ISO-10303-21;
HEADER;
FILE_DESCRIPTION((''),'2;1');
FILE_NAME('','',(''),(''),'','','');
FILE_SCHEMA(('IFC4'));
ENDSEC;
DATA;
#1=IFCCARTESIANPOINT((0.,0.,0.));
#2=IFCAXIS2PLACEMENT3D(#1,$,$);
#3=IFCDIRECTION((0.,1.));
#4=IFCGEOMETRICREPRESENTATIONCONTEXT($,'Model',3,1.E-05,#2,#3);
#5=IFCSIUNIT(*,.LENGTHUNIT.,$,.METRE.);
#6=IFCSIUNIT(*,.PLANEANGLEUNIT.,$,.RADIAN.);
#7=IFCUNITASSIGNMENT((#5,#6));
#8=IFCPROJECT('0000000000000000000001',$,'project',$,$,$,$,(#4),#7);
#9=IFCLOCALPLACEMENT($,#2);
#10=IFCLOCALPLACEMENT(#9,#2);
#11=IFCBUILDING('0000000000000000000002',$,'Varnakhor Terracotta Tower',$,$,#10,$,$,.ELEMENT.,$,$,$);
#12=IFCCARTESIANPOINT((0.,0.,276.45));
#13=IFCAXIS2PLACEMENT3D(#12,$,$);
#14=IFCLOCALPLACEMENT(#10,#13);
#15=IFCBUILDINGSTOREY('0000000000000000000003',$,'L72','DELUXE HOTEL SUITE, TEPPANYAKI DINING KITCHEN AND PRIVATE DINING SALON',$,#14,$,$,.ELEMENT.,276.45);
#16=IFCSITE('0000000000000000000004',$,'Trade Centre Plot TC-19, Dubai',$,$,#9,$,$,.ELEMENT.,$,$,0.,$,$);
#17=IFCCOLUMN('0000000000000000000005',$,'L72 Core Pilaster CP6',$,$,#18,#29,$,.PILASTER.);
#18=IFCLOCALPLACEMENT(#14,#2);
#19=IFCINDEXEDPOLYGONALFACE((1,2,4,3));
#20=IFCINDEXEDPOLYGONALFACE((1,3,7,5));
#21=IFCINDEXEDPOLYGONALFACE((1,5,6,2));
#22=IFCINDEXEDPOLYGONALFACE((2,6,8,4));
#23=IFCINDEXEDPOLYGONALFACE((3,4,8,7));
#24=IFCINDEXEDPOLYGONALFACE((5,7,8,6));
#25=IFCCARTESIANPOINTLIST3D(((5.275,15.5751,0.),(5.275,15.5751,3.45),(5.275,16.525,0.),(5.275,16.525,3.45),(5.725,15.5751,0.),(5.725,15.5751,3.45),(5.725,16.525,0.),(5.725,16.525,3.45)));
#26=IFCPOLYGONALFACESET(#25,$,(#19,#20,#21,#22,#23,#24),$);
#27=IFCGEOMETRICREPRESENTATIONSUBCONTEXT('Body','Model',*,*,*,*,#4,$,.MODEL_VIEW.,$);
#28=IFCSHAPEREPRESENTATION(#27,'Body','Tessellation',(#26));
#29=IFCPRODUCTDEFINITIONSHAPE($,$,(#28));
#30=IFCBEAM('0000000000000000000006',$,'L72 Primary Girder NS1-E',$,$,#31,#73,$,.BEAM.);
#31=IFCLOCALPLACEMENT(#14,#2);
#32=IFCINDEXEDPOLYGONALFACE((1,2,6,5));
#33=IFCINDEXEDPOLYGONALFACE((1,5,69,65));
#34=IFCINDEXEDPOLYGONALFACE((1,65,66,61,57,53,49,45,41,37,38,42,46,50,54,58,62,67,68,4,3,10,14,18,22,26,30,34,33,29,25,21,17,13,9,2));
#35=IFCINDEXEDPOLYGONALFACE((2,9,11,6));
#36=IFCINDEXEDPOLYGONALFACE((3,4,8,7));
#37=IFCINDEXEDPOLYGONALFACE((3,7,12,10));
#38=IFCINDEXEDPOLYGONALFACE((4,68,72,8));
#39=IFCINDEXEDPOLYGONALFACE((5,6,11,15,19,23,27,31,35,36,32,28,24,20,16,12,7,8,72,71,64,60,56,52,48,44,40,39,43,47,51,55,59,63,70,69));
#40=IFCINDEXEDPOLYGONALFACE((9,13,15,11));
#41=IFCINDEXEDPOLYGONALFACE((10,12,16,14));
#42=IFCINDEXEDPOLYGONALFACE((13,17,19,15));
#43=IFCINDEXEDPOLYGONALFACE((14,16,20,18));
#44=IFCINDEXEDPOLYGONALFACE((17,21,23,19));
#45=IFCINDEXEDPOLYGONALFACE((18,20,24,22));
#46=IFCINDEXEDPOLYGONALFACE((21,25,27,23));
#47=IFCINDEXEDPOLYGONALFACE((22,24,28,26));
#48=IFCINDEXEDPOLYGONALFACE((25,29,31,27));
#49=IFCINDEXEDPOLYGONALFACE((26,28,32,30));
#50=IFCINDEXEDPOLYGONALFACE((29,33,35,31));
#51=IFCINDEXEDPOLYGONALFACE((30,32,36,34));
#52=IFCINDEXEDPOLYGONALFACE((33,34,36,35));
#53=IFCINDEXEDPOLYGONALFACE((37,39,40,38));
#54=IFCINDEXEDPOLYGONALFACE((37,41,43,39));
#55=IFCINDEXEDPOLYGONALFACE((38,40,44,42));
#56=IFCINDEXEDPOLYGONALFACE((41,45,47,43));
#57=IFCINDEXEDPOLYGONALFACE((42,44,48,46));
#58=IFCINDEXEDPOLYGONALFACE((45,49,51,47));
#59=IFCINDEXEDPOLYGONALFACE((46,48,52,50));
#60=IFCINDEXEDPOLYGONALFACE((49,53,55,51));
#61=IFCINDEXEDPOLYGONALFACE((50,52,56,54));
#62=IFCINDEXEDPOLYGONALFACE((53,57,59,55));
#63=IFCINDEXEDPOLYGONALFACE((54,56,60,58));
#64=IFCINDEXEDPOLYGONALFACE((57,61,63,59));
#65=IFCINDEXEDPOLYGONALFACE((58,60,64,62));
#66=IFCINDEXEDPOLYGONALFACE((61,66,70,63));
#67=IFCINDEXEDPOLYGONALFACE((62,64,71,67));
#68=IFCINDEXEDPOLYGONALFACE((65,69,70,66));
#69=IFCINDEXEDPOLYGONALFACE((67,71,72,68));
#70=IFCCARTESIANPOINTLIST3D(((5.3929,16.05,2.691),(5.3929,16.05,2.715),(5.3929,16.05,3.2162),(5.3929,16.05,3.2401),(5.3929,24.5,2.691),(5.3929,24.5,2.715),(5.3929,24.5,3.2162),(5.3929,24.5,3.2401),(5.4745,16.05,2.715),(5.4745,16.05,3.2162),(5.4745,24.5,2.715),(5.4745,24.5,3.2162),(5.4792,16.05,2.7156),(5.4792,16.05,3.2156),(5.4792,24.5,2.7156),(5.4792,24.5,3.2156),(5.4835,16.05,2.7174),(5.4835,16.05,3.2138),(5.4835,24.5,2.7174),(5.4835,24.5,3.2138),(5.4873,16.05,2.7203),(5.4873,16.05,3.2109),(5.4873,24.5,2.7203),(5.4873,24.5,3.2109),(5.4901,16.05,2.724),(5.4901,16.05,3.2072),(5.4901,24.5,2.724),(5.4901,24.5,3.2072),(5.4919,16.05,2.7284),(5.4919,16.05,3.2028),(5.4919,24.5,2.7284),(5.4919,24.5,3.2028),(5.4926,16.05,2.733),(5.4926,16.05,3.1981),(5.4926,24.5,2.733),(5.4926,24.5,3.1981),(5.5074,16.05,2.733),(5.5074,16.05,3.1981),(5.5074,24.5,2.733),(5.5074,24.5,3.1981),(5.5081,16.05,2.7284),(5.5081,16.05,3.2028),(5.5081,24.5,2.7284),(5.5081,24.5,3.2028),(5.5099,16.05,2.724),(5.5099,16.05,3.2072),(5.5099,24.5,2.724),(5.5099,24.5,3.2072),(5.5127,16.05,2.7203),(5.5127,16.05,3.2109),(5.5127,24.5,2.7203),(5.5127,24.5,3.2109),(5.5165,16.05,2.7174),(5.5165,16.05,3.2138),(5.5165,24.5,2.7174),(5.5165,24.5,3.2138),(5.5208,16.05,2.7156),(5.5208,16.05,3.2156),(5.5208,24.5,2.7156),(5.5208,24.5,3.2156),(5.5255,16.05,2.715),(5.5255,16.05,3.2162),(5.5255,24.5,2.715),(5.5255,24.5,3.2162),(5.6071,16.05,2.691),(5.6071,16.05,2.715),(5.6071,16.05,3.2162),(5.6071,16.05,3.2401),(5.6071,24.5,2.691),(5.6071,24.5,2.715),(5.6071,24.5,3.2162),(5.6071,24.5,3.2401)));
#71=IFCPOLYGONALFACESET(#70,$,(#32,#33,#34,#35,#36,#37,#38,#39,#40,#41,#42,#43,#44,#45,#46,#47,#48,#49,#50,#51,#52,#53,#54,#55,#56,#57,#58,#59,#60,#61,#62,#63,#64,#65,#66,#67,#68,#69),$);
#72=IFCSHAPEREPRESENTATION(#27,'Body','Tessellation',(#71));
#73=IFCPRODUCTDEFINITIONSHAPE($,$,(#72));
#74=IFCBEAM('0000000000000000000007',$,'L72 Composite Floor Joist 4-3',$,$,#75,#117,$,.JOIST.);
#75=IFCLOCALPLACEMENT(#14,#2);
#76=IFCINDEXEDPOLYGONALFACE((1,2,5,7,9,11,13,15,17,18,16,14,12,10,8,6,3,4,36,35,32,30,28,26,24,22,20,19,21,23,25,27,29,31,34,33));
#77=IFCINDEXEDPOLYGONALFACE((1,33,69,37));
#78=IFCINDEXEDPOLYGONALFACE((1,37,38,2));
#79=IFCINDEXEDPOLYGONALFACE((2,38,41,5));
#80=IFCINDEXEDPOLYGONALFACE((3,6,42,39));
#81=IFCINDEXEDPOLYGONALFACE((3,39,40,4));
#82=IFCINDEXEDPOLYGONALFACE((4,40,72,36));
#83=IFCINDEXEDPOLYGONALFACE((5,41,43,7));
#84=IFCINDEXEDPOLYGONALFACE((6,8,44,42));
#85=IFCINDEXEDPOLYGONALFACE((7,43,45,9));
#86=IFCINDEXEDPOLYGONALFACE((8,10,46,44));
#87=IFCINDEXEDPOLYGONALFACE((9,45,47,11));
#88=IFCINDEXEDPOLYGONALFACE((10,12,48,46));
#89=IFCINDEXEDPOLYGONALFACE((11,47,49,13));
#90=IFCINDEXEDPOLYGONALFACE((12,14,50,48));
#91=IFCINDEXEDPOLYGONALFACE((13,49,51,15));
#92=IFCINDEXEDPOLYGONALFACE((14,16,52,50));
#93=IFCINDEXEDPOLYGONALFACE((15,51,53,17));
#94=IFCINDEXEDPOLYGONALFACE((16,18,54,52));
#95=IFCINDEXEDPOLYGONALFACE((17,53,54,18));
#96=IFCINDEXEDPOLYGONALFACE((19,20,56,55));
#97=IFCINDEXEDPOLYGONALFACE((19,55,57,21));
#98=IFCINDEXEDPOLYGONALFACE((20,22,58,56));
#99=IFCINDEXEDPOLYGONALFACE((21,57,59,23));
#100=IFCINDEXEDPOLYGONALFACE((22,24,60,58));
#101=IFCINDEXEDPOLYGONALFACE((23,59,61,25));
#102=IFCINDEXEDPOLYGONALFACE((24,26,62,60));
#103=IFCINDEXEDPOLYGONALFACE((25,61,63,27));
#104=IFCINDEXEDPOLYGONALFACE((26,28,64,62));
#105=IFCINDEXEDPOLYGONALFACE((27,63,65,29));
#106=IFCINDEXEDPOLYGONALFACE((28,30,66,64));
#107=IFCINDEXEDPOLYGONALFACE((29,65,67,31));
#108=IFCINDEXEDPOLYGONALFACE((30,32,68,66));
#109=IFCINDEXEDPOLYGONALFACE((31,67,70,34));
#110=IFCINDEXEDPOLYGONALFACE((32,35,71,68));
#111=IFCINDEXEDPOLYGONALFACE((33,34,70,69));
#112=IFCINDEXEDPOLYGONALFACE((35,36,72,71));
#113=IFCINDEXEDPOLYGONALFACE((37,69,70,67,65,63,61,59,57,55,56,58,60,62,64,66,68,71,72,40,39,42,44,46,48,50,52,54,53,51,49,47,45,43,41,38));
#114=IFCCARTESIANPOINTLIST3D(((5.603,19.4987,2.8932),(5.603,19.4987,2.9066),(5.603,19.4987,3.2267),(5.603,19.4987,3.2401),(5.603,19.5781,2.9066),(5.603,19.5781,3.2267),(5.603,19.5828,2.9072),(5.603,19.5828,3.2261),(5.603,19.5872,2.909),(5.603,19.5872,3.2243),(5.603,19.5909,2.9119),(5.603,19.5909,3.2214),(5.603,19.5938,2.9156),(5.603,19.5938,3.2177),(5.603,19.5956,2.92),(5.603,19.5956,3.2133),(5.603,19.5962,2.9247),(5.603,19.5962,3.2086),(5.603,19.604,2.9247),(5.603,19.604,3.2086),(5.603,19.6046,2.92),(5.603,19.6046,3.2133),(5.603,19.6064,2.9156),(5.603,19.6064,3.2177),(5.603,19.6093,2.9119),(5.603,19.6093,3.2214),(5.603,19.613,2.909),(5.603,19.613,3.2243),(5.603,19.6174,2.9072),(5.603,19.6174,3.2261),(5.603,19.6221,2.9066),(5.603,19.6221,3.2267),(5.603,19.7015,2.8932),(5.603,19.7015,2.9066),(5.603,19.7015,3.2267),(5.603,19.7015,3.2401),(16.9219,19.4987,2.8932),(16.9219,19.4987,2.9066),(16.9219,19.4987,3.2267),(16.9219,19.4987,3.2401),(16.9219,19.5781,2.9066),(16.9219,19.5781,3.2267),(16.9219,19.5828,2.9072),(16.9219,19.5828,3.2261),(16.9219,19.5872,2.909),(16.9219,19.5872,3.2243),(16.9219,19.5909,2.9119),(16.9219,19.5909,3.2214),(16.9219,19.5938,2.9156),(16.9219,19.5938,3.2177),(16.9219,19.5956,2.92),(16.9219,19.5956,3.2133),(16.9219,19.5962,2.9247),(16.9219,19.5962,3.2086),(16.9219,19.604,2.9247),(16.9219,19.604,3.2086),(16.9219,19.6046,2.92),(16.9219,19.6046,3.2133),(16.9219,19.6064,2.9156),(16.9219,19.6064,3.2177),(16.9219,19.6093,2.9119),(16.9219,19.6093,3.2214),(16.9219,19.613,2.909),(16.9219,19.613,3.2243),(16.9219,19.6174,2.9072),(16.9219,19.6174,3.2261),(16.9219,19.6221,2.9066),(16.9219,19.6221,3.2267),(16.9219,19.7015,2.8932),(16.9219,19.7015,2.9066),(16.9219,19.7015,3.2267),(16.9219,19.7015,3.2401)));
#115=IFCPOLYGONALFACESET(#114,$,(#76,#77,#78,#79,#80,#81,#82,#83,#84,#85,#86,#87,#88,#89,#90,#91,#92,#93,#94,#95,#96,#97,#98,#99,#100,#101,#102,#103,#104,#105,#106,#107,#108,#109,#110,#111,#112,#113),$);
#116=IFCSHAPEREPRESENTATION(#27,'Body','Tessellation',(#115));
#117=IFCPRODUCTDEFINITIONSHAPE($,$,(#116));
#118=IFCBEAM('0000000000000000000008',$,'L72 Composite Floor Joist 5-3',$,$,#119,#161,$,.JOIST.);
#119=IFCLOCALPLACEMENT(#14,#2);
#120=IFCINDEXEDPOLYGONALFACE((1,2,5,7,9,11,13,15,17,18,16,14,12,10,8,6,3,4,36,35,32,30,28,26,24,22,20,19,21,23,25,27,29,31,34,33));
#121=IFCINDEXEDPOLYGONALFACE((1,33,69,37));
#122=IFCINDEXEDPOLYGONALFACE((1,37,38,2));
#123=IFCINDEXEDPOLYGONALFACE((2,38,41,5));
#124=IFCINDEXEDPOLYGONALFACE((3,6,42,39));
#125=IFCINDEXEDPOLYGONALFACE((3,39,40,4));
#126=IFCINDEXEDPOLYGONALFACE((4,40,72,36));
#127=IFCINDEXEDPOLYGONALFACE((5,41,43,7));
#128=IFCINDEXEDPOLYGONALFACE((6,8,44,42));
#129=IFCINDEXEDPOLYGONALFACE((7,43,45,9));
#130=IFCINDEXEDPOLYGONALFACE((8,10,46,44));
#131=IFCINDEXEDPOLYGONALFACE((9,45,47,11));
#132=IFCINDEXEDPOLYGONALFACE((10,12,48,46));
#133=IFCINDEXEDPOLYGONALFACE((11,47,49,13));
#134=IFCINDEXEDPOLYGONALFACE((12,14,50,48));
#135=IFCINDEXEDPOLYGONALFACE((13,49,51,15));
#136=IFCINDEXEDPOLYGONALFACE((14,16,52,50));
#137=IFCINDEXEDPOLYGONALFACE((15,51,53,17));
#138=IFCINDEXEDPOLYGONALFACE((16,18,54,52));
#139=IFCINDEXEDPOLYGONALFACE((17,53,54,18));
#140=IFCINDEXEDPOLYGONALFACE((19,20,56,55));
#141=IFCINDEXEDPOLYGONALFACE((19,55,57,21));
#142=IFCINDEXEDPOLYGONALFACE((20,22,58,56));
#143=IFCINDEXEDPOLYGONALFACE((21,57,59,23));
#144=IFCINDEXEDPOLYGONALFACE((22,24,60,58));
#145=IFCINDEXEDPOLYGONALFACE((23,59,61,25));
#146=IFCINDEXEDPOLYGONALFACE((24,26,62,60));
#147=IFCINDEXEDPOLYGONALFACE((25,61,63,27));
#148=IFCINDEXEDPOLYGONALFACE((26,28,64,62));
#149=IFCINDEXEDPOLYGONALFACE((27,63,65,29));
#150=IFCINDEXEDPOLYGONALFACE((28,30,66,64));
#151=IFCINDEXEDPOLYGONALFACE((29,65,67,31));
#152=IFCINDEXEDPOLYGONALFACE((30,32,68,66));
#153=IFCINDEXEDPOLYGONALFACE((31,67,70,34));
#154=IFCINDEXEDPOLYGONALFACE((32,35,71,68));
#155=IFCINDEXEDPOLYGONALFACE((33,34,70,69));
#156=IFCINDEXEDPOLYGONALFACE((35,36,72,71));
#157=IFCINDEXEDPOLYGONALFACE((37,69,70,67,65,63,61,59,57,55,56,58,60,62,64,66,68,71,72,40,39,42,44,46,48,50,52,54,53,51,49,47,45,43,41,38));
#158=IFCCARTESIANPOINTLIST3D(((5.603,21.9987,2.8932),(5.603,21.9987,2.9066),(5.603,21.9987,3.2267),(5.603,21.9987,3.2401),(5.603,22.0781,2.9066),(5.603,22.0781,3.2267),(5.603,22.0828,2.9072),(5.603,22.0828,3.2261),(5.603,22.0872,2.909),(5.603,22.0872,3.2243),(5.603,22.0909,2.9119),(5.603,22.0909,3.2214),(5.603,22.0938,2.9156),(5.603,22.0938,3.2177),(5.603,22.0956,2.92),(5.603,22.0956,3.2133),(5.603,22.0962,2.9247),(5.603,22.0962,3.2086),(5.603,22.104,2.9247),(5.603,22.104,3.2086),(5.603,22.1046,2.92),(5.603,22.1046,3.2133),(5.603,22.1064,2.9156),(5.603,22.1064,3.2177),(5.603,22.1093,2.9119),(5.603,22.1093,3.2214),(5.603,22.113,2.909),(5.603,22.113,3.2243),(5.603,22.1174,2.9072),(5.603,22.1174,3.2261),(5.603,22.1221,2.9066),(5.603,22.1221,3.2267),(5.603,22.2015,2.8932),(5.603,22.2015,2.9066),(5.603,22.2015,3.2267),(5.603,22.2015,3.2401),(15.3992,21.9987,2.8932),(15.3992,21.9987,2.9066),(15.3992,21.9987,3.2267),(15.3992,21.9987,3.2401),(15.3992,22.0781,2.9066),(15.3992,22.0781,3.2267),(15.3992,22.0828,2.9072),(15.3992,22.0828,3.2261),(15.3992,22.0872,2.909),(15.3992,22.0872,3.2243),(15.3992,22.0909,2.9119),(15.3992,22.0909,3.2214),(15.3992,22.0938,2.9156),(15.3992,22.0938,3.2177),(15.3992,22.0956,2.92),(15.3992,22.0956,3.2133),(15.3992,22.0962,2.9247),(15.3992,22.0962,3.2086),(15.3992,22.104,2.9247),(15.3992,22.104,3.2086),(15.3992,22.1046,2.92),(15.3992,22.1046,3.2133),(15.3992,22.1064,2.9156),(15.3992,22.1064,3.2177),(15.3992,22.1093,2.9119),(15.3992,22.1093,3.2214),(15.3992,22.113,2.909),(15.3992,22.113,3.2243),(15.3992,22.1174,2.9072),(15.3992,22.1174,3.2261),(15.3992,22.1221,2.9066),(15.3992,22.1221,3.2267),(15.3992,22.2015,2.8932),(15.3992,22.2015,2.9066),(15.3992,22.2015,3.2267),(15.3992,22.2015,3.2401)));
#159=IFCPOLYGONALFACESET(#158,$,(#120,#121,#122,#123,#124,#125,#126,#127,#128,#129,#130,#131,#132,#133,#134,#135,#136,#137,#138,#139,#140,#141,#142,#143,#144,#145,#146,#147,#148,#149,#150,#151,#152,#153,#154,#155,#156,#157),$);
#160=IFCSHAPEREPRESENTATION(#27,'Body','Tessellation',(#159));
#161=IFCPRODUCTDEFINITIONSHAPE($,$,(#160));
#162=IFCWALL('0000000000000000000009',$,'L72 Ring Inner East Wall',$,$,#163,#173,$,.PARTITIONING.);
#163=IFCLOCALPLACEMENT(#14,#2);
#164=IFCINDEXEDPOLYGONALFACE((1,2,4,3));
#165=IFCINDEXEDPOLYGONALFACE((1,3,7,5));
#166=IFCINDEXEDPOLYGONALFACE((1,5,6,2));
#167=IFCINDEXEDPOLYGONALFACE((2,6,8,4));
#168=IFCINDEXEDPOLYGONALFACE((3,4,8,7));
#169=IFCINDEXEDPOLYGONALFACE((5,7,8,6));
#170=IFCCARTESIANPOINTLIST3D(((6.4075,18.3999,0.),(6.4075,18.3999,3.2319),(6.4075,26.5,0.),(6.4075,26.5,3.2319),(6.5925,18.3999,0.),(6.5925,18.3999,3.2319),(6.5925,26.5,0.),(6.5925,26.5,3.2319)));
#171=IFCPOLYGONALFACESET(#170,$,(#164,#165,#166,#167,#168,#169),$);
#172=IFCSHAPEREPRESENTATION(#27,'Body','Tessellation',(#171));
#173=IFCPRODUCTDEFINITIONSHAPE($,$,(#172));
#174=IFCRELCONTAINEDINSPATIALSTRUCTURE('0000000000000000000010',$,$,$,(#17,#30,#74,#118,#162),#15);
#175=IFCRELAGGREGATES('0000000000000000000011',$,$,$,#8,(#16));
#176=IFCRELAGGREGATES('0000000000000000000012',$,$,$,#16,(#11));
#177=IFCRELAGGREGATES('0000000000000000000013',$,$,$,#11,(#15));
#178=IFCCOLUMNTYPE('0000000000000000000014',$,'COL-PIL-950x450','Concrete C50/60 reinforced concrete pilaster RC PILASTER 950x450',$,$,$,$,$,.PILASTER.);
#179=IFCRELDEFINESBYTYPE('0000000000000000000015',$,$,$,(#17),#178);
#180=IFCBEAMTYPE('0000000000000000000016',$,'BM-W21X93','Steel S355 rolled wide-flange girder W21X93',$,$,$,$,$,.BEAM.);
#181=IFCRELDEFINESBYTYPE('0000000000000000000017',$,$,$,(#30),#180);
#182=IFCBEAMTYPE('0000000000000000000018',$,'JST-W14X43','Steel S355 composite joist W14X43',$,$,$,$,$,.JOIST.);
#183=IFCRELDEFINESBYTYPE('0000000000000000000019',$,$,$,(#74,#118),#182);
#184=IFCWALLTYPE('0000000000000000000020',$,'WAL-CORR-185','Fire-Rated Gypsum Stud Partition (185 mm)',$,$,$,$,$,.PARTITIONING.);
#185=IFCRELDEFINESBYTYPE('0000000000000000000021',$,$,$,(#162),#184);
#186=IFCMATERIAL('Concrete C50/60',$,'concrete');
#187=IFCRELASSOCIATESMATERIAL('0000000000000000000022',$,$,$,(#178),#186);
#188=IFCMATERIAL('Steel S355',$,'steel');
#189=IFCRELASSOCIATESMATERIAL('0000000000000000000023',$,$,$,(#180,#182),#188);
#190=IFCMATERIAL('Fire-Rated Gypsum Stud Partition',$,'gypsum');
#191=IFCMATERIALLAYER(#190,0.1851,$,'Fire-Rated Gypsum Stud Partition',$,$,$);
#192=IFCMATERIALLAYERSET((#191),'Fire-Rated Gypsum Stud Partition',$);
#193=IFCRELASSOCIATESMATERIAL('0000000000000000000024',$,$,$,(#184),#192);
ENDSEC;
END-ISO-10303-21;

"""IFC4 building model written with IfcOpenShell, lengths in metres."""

from ifc_helpers import new_model, si_unit, direction, frame, frame_2d, origin, origin_2d, place, context, subcontext, project, spatial, rectangle, i_section, extrude, source, transform, mapped, material, layer, layer_set, material_profile, profile_set, type_object, type_shapes, element, save


model = new_model("IFC4")

# Units and contexts
model_context = context("Model", 3, precision=1e-05, world=origin(), true_north=direction((0.0, 1.0)))
body_context = subcontext(model_context, "Body", "Model", "MODEL_VIEW")
ifc_project = project(units=[si_unit("LENGTHUNIT", "METRE"), si_unit("PLANEANGLEUNIT", "RADIAN")], contexts=[model_context])

# Site, building, storey
site_placement = place(None, origin())
site = spatial("IfcSite", under=ifc_project, at=site_placement, Name="Trade Centre Plot TC-19, Dubai", CompositionType="ELEMENT", RefElevation=0.0)
building_placement = place(site_placement, origin())
building = spatial("IfcBuilding", under=site, at=building_placement, Name="Varnakhor Terracotta Tower", CompositionType="ELEMENT")
storey_placement = place(building_placement, frame((0.0, 0.0, 276.45)))
storey = spatial("IfcBuildingStorey", under=building, at=storey_placement, Name="L72", Description="DELUXE HOTEL SUITE, TEPPANYAKI DINING KITCHEN AND PRIVATE DINING SALON", CompositionType="ELEMENT", Elevation=276.45)

# Column
ifc_material_1 = material(Name="Concrete C50/60", Category="concrete")
ifc_material_profile_1 = material_profile(ifc_material_1, rectangle(XDim=0.45, YDim=0.95, at=origin_2d()), Name="RC PILASTER 950x450")
ifc_profile_set_1 = profile_set([ifc_material_profile_1], Name="Concrete C50/60")
column_type = type_object("IfcColumnType", Name="COL-PIL-950x450", Description="Concrete C50/60 reinforced concrete pilaster RC PILASTER 950x450", PredefinedType="PILASTER", material=ifc_profile_set_1)
shared_shape_1 = source(origin(), body_context, "Body", "SweptSolid", [
    extrude(rectangle(XDim=0.45, YDim=0.95, at=origin_2d()), origin(), (0.0, 0.0, 1.0), 3.45),
])
column_placement = place(storey_placement, frame((5.5, 16.05, 0.0), z_axis=(0.0, 0.0, 1.0), x_axis=(1.0, 0.0, 0.0)))
element("IfcColumn", 1, at=column_placement, inside=storey, type_object=column_type, Name="L72 Core Pilaster CP6", PredefinedType="PILASTER", context=body_context, shape_type="MappedRepresentation", body=[
    mapped(shared_shape_1, transform((0.0, 0.0, 0.0), scale=1.0)),
])

# Beams
ifc_material_2 = material(Name="Steel S355", Category="steel")
ifc_material_profile_2 = material_profile(ifc_material_2, i_section(OverallWidth=0.2141, OverallDepth=0.5491, WebThickness=0.0149, FlangeThickness=0.0239, FilletRadius=0.0181, at=origin_2d()), Name="W21X93")
ifc_profile_set_2 = profile_set([ifc_material_profile_2], Name="Steel S355")
beam_type_1 = type_object("IfcBeamType", Name="BM-W21X93", Description="Steel S355 rolled wide-flange girder W21X93", PredefinedType="BEAM", material=ifc_profile_set_2)
shared_shape_2 = source(origin(), body_context, "Body", "SweptSolid", [
    extrude(i_section(OverallWidth=0.2141, OverallDepth=0.5491, WebThickness=0.0149, FlangeThickness=0.0239, FilletRadius=0.0181, at=origin_2d()), origin(), (0.0, 0.0, 1.0), 8.45),
])
type_shapes(beam_type_1, [shared_shape_2])
beam_1_placement = place(storey_placement, frame((5.5, 16.05, 2.9656), z_axis=(0.0, 1.0, 0.0), x_axis=(-1.0, 0.0, 0.0)))
element("IfcBeam", 2, at=beam_1_placement, inside=storey, type_object=beam_type_1, Name="L72 Primary Girder NS1-E", PredefinedType="BEAM", context=body_context, shape_type="MappedRepresentation", body=[
    mapped(shared_shape_2, transform((0.0, 0.0, 0.0), scale=1.0)),
])
ifc_material_profile_3 = material_profile(ifc_material_2, i_section(OverallWidth=0.2029, OverallDepth=0.3469, WebThickness=0.0078, FlangeThickness=0.0134, FilletRadius=0.0181, at=origin_2d()), Name="W14X43")
ifc_profile_set_3 = profile_set([ifc_material_profile_3], Name="Steel S355")
beam_type_2 = type_object("IfcBeamType", Name="JST-W14X43", Description="Steel S355 composite joist W14X43", PredefinedType="JOIST", material=ifc_profile_set_3)
shared_shape_3 = source(origin(), body_context, "Body", "SweptSolid", [
    extrude(i_section(OverallWidth=0.2029, OverallDepth=0.3469, WebThickness=0.0078, FlangeThickness=0.0134, FilletRadius=0.0181, at=origin_2d()), origin(), (0.0, 0.0, 1.0), 11.3188),
])
beam_2_placement = place(storey_placement, frame((5.603, 19.6001, 3.0667), z_axis=(1.0, 0.0, 0.0), x_axis=(0.0, 1.0, 0.0)))
element("IfcBeam", 3, at=beam_2_placement, inside=storey, type_object=beam_type_2, Name="L72 Composite Floor Joist 4-3", PredefinedType="JOIST", context=body_context, shape_type="MappedRepresentation", body=[
    mapped(shared_shape_3, transform((0.0, 0.0, 0.0), scale=1.0)),
])
shared_shape_4 = source(origin(), body_context, "Body", "SweptSolid", [
    extrude(i_section(OverallWidth=0.2029, OverallDepth=0.3469, WebThickness=0.0078, FlangeThickness=0.0134, FilletRadius=0.0181, at=origin_2d()), origin(), (0.0, 0.0, 1.0), 9.7961),
])
beam_3_placement = place(storey_placement, frame((5.603, 22.1001, 3.0667), z_axis=(1.0, 0.0, 0.0), x_axis=(0.0, 1.0, 0.0)))
element("IfcBeam", 4, at=beam_3_placement, inside=storey, type_object=beam_type_2, Name="L72 Composite Floor Joist 5-3", PredefinedType="JOIST", context=body_context, shape_type="MappedRepresentation", body=[
    mapped(shared_shape_4, transform((0.0, 0.0, 0.0), scale=1.0)),
])

# Wall
ifc_material_3 = material(Name="Fire-Rated Gypsum Stud Partition", Category="gypsum")
ifc_layer_1 = layer(ifc_material_3, 0.1851, Name="Fire-Rated Gypsum Stud Partition")
ifc_layer_set_1 = layer_set([ifc_layer_1], Name="Fire-Rated Gypsum Stud Partition")
wall_type_1 = type_object("IfcWallType", Name="WAL-CORR-185", Description="Fire-Rated Gypsum Stud Partition (185 mm)", PredefinedType="PARTITIONING", material=ifc_layer_set_1)
wall_1_placement = place(storey_placement, frame((6.5, 18.3999, 0.0), z_axis=(0.0, 0.0, 1.0), x_axis=(0.0, 1.0, 0.0)))
element("IfcWall", 5, at=wall_1_placement, inside=storey, type_object=wall_type_1, Name="L72 Ring Inner East Wall", PredefinedType="PARTITIONING", context=body_context, shape_type="SweptSolid", body=[
    extrude(rectangle(XDim=8.1001, YDim=0.1851, at=frame_2d((4.05, 0.0))), origin(), (0.0, 0.0, 1.0), 3.2319),
])

save(model, "model.ifc")
